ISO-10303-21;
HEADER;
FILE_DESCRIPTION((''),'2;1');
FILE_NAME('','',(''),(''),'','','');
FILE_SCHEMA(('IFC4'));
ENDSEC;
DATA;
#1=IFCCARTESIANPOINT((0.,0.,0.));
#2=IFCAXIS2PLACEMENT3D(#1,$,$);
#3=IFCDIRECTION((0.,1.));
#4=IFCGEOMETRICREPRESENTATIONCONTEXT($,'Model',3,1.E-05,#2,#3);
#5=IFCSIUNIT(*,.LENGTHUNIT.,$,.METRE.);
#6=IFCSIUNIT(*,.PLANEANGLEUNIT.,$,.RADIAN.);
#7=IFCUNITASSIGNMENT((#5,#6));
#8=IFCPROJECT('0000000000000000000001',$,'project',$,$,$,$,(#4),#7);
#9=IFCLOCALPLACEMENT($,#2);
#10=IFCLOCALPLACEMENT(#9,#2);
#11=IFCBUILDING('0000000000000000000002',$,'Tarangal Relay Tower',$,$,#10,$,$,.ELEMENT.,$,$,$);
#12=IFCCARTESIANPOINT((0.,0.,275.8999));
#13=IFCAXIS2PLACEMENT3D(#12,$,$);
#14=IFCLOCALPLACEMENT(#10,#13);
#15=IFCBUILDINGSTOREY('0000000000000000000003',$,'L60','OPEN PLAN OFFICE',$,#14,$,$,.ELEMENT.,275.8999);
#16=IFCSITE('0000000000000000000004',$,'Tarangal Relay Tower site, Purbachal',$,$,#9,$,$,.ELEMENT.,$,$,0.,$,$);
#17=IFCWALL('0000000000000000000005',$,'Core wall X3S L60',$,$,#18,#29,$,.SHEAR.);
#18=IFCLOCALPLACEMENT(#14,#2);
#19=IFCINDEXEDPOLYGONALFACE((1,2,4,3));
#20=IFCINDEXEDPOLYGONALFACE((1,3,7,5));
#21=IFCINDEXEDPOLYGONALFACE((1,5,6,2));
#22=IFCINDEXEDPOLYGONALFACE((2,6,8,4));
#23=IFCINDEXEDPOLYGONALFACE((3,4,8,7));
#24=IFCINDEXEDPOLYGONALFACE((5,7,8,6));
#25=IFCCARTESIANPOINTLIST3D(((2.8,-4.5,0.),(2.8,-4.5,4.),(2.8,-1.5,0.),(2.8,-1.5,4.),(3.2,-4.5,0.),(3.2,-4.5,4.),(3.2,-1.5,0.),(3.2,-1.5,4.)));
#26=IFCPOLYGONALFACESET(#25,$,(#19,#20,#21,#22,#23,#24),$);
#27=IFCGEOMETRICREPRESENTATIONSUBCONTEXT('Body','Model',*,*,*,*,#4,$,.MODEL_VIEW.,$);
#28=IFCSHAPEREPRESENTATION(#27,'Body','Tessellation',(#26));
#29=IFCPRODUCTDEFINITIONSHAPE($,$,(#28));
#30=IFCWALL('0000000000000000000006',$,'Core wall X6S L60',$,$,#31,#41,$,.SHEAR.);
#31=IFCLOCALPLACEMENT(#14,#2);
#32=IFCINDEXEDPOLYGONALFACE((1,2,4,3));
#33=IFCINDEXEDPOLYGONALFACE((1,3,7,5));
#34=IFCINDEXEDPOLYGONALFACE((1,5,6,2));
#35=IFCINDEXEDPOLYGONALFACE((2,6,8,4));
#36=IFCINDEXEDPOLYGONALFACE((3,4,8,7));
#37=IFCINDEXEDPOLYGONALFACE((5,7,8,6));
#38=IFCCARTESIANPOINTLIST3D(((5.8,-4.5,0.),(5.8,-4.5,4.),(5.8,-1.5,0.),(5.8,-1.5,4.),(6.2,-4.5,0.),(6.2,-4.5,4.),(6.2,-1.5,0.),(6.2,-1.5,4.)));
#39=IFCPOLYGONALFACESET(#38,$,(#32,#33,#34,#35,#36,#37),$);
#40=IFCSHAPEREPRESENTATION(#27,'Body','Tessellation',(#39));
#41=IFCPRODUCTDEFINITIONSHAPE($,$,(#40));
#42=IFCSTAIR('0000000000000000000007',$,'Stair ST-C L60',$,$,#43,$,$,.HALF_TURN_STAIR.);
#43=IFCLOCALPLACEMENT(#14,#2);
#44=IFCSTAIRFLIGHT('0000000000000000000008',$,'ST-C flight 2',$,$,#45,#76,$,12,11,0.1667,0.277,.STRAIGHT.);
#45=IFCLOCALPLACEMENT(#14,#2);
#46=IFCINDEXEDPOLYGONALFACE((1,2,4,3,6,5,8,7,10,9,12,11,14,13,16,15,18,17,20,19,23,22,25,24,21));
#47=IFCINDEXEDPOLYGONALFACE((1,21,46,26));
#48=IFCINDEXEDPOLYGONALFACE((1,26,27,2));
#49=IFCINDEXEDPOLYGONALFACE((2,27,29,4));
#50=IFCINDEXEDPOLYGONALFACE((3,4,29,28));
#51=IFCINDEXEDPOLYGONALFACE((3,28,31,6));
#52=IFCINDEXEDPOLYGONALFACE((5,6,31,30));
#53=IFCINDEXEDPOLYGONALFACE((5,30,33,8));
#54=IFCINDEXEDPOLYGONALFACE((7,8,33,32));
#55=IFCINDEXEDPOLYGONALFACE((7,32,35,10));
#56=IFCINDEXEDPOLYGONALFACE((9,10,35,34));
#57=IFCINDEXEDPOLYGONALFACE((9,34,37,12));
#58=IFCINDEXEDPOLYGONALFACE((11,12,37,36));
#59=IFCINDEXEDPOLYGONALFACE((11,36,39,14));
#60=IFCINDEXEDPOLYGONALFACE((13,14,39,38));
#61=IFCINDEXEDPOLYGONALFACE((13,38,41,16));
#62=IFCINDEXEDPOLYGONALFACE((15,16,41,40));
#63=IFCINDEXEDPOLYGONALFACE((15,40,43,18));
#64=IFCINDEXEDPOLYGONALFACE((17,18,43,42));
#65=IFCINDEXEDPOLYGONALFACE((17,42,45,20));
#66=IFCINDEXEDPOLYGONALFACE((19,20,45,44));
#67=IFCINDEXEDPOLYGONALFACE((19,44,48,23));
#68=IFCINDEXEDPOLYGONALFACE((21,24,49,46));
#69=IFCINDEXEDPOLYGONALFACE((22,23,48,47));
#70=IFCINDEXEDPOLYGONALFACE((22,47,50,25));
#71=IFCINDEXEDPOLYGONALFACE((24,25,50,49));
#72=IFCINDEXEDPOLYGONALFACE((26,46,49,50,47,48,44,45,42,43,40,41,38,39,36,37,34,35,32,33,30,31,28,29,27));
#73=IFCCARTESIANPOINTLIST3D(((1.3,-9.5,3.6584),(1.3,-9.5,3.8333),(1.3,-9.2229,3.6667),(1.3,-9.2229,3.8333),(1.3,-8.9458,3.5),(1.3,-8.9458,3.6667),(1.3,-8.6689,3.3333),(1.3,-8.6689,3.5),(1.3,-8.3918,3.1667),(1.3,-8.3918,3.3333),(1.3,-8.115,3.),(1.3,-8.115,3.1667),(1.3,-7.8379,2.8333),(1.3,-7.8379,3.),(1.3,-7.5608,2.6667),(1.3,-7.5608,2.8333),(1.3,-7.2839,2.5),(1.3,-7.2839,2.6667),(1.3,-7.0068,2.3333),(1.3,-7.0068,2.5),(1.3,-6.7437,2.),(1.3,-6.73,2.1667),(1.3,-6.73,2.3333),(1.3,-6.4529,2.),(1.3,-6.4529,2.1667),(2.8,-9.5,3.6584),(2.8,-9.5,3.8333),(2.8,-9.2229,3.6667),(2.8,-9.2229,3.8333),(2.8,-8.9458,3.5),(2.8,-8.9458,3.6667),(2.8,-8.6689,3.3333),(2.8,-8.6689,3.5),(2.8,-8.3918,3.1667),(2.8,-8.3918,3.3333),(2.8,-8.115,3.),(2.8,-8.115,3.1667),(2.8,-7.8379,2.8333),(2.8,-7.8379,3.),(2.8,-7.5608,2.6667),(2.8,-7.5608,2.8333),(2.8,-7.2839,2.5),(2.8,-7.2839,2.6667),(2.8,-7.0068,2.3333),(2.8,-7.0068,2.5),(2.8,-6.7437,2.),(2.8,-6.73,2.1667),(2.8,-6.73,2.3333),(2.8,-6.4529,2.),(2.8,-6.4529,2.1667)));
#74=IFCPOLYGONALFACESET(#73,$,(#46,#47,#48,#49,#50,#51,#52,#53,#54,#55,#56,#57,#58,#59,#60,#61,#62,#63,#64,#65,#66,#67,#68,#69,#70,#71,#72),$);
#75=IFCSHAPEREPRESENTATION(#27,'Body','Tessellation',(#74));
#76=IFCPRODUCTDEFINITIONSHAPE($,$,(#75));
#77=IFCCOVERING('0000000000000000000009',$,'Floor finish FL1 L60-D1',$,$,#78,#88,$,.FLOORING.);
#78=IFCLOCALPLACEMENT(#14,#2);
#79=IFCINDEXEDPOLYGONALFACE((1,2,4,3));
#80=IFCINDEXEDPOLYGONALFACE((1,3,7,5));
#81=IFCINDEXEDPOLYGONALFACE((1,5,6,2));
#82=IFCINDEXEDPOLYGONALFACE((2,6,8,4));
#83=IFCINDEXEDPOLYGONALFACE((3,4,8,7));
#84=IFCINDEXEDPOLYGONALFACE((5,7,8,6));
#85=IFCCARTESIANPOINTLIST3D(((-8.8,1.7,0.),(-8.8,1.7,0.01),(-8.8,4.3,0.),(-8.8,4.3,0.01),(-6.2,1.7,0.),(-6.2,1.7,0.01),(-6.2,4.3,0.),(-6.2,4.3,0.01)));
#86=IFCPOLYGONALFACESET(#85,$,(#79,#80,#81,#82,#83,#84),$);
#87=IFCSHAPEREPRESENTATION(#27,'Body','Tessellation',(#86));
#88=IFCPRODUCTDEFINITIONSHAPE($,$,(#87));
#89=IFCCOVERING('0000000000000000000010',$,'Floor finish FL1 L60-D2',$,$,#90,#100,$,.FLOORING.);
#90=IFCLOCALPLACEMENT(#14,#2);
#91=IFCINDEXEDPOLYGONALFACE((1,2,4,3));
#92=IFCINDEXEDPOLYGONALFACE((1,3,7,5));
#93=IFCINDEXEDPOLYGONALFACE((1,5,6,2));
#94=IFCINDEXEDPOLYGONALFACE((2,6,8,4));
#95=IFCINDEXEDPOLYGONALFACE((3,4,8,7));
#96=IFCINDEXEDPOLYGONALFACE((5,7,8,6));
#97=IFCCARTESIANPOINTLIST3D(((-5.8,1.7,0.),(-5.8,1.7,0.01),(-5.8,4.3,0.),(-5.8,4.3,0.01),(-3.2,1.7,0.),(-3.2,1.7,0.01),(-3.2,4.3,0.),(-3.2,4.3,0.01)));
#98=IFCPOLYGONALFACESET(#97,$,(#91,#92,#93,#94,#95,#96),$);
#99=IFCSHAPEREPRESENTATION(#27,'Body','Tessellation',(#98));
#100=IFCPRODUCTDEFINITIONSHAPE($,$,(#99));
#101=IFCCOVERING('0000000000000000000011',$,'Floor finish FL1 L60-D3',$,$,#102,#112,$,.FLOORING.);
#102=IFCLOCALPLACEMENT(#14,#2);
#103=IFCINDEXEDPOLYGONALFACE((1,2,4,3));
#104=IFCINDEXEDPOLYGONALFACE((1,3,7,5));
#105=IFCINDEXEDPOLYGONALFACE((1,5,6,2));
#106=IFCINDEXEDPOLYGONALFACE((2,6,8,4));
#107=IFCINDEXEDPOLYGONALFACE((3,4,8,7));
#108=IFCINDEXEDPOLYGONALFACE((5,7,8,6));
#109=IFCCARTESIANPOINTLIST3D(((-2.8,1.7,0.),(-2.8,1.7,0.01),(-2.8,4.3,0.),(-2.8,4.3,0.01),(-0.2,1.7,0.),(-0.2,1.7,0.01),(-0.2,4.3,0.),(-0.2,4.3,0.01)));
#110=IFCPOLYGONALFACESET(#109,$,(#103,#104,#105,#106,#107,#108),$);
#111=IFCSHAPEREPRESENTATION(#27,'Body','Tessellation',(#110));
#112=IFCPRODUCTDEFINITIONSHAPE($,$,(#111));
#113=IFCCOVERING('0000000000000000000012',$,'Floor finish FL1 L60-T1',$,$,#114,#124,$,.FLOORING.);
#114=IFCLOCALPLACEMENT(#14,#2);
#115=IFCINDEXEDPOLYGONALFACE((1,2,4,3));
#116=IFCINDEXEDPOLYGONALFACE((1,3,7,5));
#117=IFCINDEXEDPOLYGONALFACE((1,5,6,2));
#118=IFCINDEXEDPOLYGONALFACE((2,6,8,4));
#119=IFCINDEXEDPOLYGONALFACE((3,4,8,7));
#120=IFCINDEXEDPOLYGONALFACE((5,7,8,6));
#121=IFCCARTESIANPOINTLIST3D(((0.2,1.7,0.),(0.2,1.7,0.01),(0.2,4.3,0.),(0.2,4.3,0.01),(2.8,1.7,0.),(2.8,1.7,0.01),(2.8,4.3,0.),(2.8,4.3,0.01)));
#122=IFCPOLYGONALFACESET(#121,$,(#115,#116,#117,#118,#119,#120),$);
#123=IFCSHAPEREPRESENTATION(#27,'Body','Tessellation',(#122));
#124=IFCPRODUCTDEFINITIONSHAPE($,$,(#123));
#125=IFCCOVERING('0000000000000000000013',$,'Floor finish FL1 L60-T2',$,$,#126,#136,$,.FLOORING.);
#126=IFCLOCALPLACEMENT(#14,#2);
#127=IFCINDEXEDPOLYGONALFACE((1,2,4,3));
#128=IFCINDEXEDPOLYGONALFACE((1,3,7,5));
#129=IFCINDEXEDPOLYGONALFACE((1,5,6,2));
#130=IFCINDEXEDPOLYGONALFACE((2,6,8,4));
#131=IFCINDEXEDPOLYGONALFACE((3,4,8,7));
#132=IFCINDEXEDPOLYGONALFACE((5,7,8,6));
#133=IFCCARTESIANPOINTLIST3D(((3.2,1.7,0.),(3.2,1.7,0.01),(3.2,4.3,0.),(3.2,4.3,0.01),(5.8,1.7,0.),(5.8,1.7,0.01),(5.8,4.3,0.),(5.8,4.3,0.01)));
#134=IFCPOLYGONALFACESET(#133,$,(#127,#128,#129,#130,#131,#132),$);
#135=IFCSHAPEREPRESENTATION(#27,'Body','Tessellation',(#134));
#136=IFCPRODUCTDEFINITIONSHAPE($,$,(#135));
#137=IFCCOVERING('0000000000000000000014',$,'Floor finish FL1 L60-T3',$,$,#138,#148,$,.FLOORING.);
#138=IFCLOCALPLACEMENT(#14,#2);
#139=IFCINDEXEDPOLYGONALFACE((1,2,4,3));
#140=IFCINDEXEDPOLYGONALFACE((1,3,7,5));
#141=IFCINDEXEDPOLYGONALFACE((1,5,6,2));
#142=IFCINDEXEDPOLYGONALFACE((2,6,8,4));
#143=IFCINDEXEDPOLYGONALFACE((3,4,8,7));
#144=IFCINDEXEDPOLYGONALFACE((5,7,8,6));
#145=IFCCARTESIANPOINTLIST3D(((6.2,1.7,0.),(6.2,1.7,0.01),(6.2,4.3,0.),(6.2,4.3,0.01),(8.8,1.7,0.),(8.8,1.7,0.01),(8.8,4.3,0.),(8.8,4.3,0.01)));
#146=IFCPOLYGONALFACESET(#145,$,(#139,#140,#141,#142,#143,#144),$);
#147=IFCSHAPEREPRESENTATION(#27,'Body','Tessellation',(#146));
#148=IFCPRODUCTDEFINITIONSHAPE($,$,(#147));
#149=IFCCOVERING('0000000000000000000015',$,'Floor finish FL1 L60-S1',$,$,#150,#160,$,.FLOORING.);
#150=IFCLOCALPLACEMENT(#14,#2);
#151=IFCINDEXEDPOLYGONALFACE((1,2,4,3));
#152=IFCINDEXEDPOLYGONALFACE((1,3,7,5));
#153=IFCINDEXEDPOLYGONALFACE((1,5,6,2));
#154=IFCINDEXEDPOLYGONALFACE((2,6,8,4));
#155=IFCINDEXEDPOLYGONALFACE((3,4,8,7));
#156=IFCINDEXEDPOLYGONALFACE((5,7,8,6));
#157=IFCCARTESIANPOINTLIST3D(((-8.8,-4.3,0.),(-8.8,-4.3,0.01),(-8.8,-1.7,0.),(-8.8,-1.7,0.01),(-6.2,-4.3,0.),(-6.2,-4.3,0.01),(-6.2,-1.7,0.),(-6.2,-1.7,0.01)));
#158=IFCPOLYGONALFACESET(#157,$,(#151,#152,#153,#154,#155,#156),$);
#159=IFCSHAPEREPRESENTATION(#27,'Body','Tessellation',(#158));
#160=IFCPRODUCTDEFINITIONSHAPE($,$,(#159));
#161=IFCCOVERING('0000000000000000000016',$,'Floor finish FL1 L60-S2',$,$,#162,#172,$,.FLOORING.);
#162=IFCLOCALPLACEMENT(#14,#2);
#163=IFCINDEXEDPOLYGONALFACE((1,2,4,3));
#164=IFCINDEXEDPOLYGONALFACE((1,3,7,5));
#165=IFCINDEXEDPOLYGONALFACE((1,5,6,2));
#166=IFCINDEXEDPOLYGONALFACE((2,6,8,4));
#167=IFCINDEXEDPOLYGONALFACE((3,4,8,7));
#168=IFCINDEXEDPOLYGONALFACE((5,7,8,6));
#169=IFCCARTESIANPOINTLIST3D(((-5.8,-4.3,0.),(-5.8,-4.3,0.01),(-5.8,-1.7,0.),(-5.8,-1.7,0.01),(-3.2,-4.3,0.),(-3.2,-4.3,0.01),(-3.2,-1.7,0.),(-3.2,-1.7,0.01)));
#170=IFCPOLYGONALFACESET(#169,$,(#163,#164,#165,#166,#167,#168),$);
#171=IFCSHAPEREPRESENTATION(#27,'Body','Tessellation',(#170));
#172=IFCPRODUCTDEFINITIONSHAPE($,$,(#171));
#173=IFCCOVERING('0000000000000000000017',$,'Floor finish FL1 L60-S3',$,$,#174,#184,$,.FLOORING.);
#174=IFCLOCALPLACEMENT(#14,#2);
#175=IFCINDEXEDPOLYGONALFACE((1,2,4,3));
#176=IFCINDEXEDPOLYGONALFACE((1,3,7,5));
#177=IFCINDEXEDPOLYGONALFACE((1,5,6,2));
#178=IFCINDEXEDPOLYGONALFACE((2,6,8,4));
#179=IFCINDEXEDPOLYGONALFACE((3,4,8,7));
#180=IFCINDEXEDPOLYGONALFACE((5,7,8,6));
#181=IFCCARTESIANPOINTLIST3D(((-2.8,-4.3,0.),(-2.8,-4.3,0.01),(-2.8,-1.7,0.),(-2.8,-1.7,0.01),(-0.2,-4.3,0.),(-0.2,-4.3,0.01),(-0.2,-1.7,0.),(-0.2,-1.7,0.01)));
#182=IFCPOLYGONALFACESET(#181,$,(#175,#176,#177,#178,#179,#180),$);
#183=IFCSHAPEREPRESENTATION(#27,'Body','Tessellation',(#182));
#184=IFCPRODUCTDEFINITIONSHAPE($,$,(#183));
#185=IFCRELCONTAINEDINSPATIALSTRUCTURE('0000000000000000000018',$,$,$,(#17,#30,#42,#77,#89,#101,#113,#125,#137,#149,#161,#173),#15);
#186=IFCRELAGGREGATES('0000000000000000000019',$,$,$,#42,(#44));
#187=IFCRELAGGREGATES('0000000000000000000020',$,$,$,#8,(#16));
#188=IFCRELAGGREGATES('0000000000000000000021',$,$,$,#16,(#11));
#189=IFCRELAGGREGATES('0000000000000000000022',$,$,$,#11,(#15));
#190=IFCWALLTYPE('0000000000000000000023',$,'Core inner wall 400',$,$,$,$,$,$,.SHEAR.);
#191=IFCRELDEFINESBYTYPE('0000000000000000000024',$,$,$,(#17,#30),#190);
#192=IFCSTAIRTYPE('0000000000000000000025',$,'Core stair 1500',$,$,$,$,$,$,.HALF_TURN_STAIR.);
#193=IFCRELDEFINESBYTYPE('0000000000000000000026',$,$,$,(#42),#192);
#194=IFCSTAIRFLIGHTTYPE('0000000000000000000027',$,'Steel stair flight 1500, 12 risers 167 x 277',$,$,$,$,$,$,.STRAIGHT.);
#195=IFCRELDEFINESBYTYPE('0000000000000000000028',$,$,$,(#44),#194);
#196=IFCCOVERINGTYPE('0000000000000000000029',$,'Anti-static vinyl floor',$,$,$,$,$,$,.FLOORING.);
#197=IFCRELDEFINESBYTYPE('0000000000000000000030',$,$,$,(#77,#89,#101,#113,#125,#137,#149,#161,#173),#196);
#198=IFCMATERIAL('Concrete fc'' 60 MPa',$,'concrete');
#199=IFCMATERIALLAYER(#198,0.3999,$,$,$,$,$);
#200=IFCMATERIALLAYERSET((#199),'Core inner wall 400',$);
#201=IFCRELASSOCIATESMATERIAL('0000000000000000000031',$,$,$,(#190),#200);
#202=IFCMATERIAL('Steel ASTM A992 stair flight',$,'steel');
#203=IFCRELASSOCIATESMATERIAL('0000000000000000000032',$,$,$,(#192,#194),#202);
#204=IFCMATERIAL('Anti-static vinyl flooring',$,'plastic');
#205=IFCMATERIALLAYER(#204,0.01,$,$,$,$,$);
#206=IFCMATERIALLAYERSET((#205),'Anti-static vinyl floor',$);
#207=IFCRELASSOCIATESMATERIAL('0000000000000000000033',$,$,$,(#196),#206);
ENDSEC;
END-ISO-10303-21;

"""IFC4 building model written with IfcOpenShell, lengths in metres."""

from ifc_helpers import new_model, si_unit, direction, frame, frame_2d, origin, place, context, subcontext, project, spatial, polyline, rectangle, outline, extrude, material, layer, layer_set, type_object, element, aggregate, save


model = new_model("IFC4")

# Units and contexts
model_context = context("Model", 3, precision=1e-05, world=origin(), true_north=direction((0.0, 1.0)))
body_context = subcontext(model_context, "Body", "Model", "MODEL_VIEW")
ifc_project = project(units=[si_unit("LENGTHUNIT", "METRE"), si_unit("PLANEANGLEUNIT", "RADIAN")], contexts=[model_context])

# Site, building, storey
site_placement = place(None, origin())
site = spatial("IfcSite", under=ifc_project, at=site_placement, Name="Tarangal Relay Tower site, Purbachal", CompositionType="ELEMENT", RefElevation=0.0)
building_placement = place(site_placement, origin())
building = spatial("IfcBuilding", under=site, at=building_placement, Name="Tarangal Relay Tower", CompositionType="ELEMENT")
storey_placement = place(building_placement, frame((0.0, 0.0, 275.8999)))
storey = spatial("IfcBuildingStorey", under=building, at=storey_placement, Name="L60", Description="OPEN PLAN OFFICE", CompositionType="ELEMENT", Elevation=275.8999)

# Walls
ifc_material_1 = material(Name="Concrete fc' 60 MPa", Category="concrete")
ifc_layer_1 = layer(ifc_material_1, 0.3999)
ifc_layer_set_1 = layer_set([ifc_layer_1], Name="Core inner wall 400")
wall_type = type_object("IfcWallType", Name="Core inner wall 400", PredefinedType="SHEAR", material=ifc_layer_set_1)
for number, where, z_axis, x_axis, name in (
    (1, (3.0, -4.5, 0.0), (0.0, 0.0, 1.0), (0.0, 1.0, 0.0), "Core wall X3S L60"),
    (2, (6.0, -4.5, 0.0), (0.0, 0.0, 1.0), (0.0, 1.0, 0.0), "Core wall X6S L60"),
):
    element("IfcWall", number, at=place(storey_placement, frame(where, z_axis=z_axis, x_axis=x_axis)), inside=storey, type_object=wall_type, Name=name, PredefinedType="SHEAR", context=body_context, shape_type="SweptSolid", body=[
        extrude(rectangle(XDim=3.0, YDim=0.3999, at=frame_2d((1.5, 0.0))), origin(), (0.0, 0.0, 1.0), 4.0),
    ])

# Stair, stair flight
ifc_material_2 = material(Name="Steel ASTM A992 stair flight", Category="steel")
stair_type = type_object("IfcStairType", Name="Core stair 1500", PredefinedType="HALF_TURN_STAIR", material=ifc_material_2)
stair_placement = place(storey_placement, origin())
stair = element("IfcStair", 3, at=stair_placement, inside=storey, type_object=stair_type, Name="Stair ST-C L60", PredefinedType="HALF_TURN_STAIR")
stair_flight_type = type_object("IfcStairFlightType", Name="Steel stair flight 1500, 12 risers 167 x 277", PredefinedType="STRAIGHT", material=ifc_material_2)
stair_flight_placement = place(storey_placement, frame((2.05, -6.4529, 2.0), z_axis=(0.0, 0.0, 1.0), x_axis=(0.0, -1.0, 0.0)))
stair_flight = element("IfcStairFlight", 4, at=stair_flight_placement, type_object=stair_flight_type, Name="ST-C flight 2", NumberOfRisers=12, NumberOfTreads=11, PredefinedType="STRAIGHT", RiserHeight=0.1667, TreadLength=0.277, context=body_context, shape_type="SweptSolid", body=[
    extrude(outline(polyline([(0.0, 0.0), (0.0, 0.1667), (0.2771, 0.1667), (0.2771, 0.3333), (0.554, 0.3333), (0.554, 0.5), (0.8311, 0.5), (0.8311, 0.6667), (1.1079, 0.6667), (1.1079, 0.8333), (1.385, 0.8333), (1.385, 1.0), (1.6621, 1.0), (1.6621, 1.1667), (1.939, 1.1667), (1.939, 1.3333), (2.2161, 1.3333), (2.2161, 1.5), (2.4929, 1.5), (2.4929, 1.6667), (2.77, 1.6667), (2.77, 1.8333), (3.0471, 1.8333), (3.0471, 2.0), (3.0471, 1.6584), (0.2908, 0.0), (0.0, 0.0)])), frame((0.0, 0.75, 0.0), z_axis=(0.0, -1.0, 0.0), x_axis=(1.0, 0.0, 0.0)), (0.0, 0.0, 1.0), 1.5),
])
aggregate(stair, [stair_flight])

# Coverings
ifc_material_3 = material(Name="Anti-static vinyl flooring", Category="plastic")
ifc_layer_2 = layer(ifc_material_3, 0.01)
ifc_layer_set_2 = layer_set([ifc_layer_2], Name="Anti-static vinyl floor")
covering_type_1 = type_object("IfcCoveringType", Name="Anti-static vinyl floor", PredefinedType="FLOORING", material=ifc_layer_set_2)
covering_1_placement = place(storey_placement, origin())
element("IfcCovering", 5, at=covering_1_placement, inside=storey, type_object=covering_type_1, Name="Floor finish FL1 L60-D1", PredefinedType="FLOORING", context=body_context, shape_type="SweptSolid", body=[
    extrude(outline(polyline([(-8.8, 1.7), (-6.2, 1.7), (-6.2, 4.3), (-8.8, 4.3), (-8.8, 1.7)])), origin(), (0.0, 0.0, 1.0), 0.01),
])
covering_2_placement = place(storey_placement, origin())
element("IfcCovering", 6, at=covering_2_placement, inside=storey, type_object=covering_type_1, Name="Floor finish FL1 L60-D2", PredefinedType="FLOORING", context=body_context, shape_type="SweptSolid", body=[
    extrude(outline(polyline([(-5.8, 1.7), (-3.2, 1.7), (-3.2, 4.3), (-5.8, 4.3), (-5.8, 1.7)])), origin(), (0.0, 0.0, 1.0), 0.01),
])
covering_3_placement = place(storey_placement, origin())
element("IfcCovering", 7, at=covering_3_placement, inside=storey, type_object=covering_type_1, Name="Floor finish FL1 L60-D3", PredefinedType="FLOORING", context=body_context, shape_type="SweptSolid", body=[
    extrude(outline(polyline([(-2.8, 1.7), (-0.2, 1.7), (-0.2, 4.3), (-2.8, 4.3), (-2.8, 1.7)])), origin(), (0.0, 0.0, 1.0), 0.01),
])
covering_4_placement = place(storey_placement, origin())
element("IfcCovering", 8, at=covering_4_placement, inside=storey, type_object=covering_type_1, Name="Floor finish FL1 L60-T1", PredefinedType="FLOORING", context=body_context, shape_type="SweptSolid", body=[
    extrude(outline(polyline([(0.2, 1.7), (2.8, 1.7), (2.8, 4.3), (0.2, 4.3), (0.2, 1.7)])), origin(), (0.0, 0.0, 1.0), 0.01),
])
covering_5_placement = place(storey_placement, origin())
element("IfcCovering", 9, at=covering_5_placement, inside=storey, type_object=covering_type_1, Name="Floor finish FL1 L60-T2", PredefinedType="FLOORING", context=body_context, shape_type="SweptSolid", body=[
    extrude(outline(polyline([(3.2, 1.7), (5.8, 1.7), (5.8, 4.3), (3.2, 4.3), (3.2, 1.7)])), origin(), (0.0, 0.0, 1.0), 0.01),
])
covering_6_placement = place(storey_placement, origin())
element("IfcCovering", 10, at=covering_6_placement, inside=storey, type_object=covering_type_1, Name="Floor finish FL1 L60-T3", PredefinedType="FLOORING", context=body_context, shape_type="SweptSolid", body=[
    extrude(outline(polyline([(6.2, 1.7), (8.8, 1.7), (8.8, 4.3), (6.2, 4.3), (6.2, 1.7)])), origin(), (0.0, 0.0, 1.0), 0.01),
])
covering_7_placement = place(storey_placement, origin())
element("IfcCovering", 11, at=covering_7_placement, inside=storey, type_object=covering_type_1, Name="Floor finish FL1 L60-S1", PredefinedType="FLOORING", context=body_context, shape_type="SweptSolid", body=[
    extrude(outline(polyline([(-8.8, -4.3), (-6.2, -4.3), (-6.2, -1.7), (-8.8, -1.7), (-8.8, -4.3)])), origin(), (0.0, 0.0, 1.0), 0.01),
])
covering_8_placement = place(storey_placement, origin())
element("IfcCovering", 12, at=covering_8_placement, inside=storey, type_object=covering_type_1, Name="Floor finish FL1 L60-S2", PredefinedType="FLOORING", context=body_context, shape_type="SweptSolid", body=[
    extrude(outline(polyline([(-5.8, -4.3), (-3.2, -4.3), (-3.2, -1.7), (-5.8, -1.7), (-5.8, -4.3)])), origin(), (0.0, 0.0, 1.0), 0.01),
])
covering_9_placement = place(storey_placement, origin())
element("IfcCovering", 13, at=covering_9_placement, inside=storey, type_object=covering_type_1, Name="Floor finish FL1 L60-S3", PredefinedType="FLOORING", context=body_context, shape_type="SweptSolid", body=[
    extrude(outline(polyline([(-2.8, -4.3), (-0.2, -4.3), (-0.2, -1.7), (-2.8, -1.7), (-2.8, -4.3)])), origin(), (0.0, 0.0, 1.0), 0.01),
])

save(model, "model.ifc")
